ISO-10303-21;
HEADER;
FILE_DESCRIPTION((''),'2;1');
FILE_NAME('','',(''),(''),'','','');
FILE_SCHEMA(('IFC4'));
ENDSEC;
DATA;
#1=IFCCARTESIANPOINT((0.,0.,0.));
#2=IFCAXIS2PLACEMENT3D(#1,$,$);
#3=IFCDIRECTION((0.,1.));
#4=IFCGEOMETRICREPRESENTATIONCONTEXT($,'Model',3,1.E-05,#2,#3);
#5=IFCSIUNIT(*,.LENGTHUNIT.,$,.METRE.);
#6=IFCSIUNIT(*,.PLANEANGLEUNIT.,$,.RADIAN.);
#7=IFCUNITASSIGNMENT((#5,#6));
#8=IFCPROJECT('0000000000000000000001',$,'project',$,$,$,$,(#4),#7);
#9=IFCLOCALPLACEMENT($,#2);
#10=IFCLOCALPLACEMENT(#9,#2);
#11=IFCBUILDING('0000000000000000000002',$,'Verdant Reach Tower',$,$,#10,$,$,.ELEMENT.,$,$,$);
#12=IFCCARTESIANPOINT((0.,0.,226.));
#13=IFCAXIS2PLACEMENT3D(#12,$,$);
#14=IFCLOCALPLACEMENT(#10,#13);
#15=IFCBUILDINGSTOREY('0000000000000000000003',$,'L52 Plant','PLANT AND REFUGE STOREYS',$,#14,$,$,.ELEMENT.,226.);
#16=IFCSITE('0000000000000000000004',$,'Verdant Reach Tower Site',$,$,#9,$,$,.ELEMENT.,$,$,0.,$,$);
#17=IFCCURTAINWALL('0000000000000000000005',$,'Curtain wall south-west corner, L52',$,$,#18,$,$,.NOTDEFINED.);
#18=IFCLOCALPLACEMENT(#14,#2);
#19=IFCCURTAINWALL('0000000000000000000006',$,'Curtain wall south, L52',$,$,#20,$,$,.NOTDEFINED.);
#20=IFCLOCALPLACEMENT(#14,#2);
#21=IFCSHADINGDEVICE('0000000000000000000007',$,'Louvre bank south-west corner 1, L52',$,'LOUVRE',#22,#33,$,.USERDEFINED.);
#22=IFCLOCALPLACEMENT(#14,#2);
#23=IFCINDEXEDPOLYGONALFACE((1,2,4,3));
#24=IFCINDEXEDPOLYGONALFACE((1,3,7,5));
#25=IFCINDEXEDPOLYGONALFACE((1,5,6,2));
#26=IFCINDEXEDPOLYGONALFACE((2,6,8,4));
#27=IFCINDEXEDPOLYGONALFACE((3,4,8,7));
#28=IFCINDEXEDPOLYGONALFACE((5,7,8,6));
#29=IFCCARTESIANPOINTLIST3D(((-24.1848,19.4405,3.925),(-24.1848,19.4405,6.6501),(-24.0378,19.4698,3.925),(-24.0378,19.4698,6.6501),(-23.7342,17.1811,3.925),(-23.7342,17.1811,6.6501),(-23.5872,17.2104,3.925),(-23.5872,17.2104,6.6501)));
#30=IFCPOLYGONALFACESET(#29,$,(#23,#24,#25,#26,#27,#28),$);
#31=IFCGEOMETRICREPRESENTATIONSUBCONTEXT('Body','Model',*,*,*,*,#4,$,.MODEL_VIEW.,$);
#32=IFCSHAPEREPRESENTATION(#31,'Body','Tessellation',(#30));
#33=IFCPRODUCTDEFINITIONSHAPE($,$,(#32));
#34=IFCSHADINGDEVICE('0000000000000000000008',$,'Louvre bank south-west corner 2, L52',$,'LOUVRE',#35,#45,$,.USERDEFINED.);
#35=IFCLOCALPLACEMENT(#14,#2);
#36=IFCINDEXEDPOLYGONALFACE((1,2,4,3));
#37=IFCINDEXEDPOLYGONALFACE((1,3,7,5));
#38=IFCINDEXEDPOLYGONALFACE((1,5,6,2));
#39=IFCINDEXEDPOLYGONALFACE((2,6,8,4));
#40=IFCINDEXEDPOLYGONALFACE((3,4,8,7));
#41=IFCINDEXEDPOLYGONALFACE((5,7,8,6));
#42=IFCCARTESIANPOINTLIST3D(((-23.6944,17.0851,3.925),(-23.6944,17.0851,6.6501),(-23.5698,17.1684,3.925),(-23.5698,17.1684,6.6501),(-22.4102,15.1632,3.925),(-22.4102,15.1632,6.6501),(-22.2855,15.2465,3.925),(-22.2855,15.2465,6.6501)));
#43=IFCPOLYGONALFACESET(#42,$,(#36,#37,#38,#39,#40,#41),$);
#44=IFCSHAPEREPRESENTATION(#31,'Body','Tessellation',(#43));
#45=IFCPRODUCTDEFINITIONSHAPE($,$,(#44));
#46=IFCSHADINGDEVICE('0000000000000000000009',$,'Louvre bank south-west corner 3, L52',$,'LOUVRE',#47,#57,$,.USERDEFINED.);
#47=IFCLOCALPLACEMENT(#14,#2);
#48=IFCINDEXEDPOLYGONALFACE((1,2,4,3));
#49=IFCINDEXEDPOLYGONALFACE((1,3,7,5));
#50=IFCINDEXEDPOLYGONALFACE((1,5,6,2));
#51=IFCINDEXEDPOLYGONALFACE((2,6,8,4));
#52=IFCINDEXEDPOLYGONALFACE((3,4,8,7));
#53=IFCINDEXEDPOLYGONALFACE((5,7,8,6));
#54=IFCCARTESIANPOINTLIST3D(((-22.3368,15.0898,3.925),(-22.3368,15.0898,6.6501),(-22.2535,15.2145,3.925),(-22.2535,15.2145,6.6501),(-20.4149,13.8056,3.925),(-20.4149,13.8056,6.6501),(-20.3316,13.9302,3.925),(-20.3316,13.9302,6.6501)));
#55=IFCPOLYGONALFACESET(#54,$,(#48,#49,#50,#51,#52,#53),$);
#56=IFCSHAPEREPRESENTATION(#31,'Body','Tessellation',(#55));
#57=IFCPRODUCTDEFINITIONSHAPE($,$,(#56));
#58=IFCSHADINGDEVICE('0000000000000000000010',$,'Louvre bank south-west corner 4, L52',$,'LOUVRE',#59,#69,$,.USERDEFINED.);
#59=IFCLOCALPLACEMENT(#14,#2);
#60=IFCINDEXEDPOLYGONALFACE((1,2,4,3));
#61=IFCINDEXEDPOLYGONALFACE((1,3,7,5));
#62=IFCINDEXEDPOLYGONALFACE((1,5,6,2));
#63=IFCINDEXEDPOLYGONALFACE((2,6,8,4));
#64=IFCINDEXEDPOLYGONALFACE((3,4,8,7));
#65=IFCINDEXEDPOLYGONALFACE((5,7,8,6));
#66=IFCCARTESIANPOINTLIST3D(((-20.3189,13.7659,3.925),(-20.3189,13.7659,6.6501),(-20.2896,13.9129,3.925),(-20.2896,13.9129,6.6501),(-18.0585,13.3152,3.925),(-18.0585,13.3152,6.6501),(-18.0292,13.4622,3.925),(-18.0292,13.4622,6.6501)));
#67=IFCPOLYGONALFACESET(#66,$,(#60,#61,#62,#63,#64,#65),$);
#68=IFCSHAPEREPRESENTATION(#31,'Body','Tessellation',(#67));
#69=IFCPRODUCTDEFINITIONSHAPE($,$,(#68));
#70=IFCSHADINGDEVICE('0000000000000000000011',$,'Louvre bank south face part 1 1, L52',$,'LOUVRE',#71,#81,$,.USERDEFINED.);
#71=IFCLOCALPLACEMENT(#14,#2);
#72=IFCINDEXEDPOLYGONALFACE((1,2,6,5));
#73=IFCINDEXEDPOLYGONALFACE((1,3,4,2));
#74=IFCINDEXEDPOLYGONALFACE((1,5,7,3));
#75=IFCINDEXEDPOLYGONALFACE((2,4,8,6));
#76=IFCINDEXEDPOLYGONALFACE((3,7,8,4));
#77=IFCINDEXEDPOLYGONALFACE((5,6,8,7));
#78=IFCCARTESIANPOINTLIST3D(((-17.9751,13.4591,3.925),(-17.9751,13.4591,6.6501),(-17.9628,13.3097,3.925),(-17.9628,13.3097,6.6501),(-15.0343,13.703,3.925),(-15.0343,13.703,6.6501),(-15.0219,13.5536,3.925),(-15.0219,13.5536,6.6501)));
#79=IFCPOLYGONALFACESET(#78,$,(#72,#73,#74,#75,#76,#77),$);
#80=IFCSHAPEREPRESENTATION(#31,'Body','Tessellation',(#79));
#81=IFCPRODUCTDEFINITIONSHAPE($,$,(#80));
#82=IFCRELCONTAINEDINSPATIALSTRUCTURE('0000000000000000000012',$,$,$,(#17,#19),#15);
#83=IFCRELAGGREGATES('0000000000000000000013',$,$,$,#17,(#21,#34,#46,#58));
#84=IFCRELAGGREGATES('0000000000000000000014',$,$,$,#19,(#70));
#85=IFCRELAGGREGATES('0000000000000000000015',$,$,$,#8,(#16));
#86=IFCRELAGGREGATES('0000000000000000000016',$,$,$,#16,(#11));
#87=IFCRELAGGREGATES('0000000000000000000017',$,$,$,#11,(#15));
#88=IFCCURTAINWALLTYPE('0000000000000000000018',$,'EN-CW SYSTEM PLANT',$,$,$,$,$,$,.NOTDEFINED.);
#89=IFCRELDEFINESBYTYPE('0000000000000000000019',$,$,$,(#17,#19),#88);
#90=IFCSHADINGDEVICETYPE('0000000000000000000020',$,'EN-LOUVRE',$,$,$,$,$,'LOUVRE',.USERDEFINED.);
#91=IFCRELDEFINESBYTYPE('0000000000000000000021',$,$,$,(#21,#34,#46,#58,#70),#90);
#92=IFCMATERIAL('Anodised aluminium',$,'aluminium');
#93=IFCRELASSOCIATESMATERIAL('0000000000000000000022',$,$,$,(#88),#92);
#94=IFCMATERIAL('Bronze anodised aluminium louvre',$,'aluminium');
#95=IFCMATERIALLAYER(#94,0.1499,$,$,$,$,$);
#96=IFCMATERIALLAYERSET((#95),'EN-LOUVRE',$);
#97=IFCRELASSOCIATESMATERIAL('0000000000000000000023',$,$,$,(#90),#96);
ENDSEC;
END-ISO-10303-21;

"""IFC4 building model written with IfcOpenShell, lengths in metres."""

from ifc_helpers import new_model, si_unit, direction, frame, origin, origin_2d, place, context, subcontext, project, spatial, rectangle, extrude, material, layer, layer_set, type_object, element, aggregate, save


model = new_model("IFC4")

# Units and contexts
model_context = context("Model", 3, precision=1e-05, world=origin(), true_north=direction((0.0, 1.0)))
body_context = subcontext(model_context, "Body", "Model", "MODEL_VIEW")
ifc_project = project(units=[si_unit("LENGTHUNIT", "METRE"), si_unit("PLANEANGLEUNIT", "RADIAN")], contexts=[model_context])

# Site, building, storey
site_placement = place(None, origin())
site = spatial("IfcSite", under=ifc_project, at=site_placement, Name="Verdant Reach Tower Site", CompositionType="ELEMENT", RefElevation=0.0)
building_placement = place(site_placement, origin())
building = spatial("IfcBuilding", under=site, at=building_placement, Name="Verdant Reach Tower", CompositionType="ELEMENT")
storey_placement = place(building_placement, frame((0.0, 0.0, 226.0)))
storey = spatial("IfcBuildingStorey", under=building, at=storey_placement, Name="L52 Plant", Description="PLANT AND REFUGE STOREYS", CompositionType="ELEMENT", Elevation=226.0)

# Curtain walls
ifc_material_1 = material(Name="Anodised aluminium", Category="aluminium")
curtain_wall_type = type_object("IfcCurtainWallType", Name="EN-CW SYSTEM PLANT", PredefinedType="NOTDEFINED", material=ifc_material_1)
curtain_wall_1_placement = place(storey_placement, origin())
curtain_wall_1 = element("IfcCurtainWall", 1, at=curtain_wall_1_placement, inside=storey, type_object=curtain_wall_type, Name="Curtain wall south-west corner, L52", PredefinedType="NOTDEFINED")
curtain_wall_2_placement = place(storey_placement, origin())
curtain_wall_2 = element("IfcCurtainWall", 2, at=curtain_wall_2_placement, inside=storey, type_object=curtain_wall_type, Name="Curtain wall south, L52", PredefinedType="NOTDEFINED")

# Shading devices
ifc_material_2 = material(Name="Bronze anodised aluminium louvre", Category="aluminium")
ifc_layer_1 = layer(ifc_material_2, 0.1499)
ifc_layer_set_1 = layer_set([ifc_layer_1], Name="EN-LOUVRE")
shading_device_type = type_object("IfcShadingDeviceType", Name="EN-LOUVRE", ElementType="LOUVRE", PredefinedType="USERDEFINED", material=ifc_layer_set_1)
shading_device_1_placement = place(storey_placement, frame((-23.886, 18.3254, 3.925), z_axis=(0.0, 0.0, 1.0), x_axis=(0.195593, -0.980685, 0.0)))
shading_device_1 = element("IfcShadingDevice", 3, at=shading_device_1_placement, type_object=shading_device_type, Name="Louvre bank south-west corner 1, L52", ObjectType="LOUVRE", PredefinedType="USERDEFINED", context=body_context, shape_type="SweptSolid", body=[
    extrude(rectangle(XDim=2.304, YDim=0.1499, at=origin_2d()), origin(), (0.0, 0.0, 1.0), 2.7251),
])
shading_device_2_placement = place(storey_placement, frame((-22.99, 16.1658, 3.925), z_axis=(0.0, 0.0, 1.0), x_axis=(0.555596, -0.831452, 0.0)))
shading_device_2 = element("IfcShadingDevice", 4, at=shading_device_2_placement, type_object=shading_device_type, Name="Louvre bank south-west corner 2, L52", ObjectType="LOUVRE", PredefinedType="USERDEFINED", context=body_context, shape_type="SweptSolid", body=[
    extrude(rectangle(XDim=2.3115, YDim=0.1499, at=origin_2d()), origin(), (0.0, 0.0, 1.0), 2.7251),
])
shading_device_3_placement = place(storey_placement, frame((-21.3342, 14.51, 3.925), z_axis=(0.0, 0.0, 1.0), x_axis=(0.831452, -0.555596, 0.0)))
shading_device_3 = element("IfcShadingDevice", 5, at=shading_device_3_placement, type_object=shading_device_type, Name="Louvre bank south-west corner 3, L52", ObjectType="LOUVRE", PredefinedType="USERDEFINED", context=body_context, shape_type="SweptSolid", body=[
    extrude(rectangle(XDim=2.3115, YDim=0.1499, at=origin_2d()), origin(), (0.0, 0.0, 1.0), 2.7251),
])
shading_device_4_placement = place(storey_placement, frame((-19.1741, 13.614, 3.925), z_axis=(0.0, 0.0, 1.0), x_axis=(0.980695, -0.195545, 0.0)))
shading_device_4 = element("IfcShadingDevice", 6, at=shading_device_4_placement, type_object=shading_device_type, Name="Louvre bank south-west corner 4, L52", ObjectType="LOUVRE", PredefinedType="USERDEFINED", context=body_context, shape_type="SweptSolid", body=[
    extrude(rectangle(XDim=2.3049, YDim=0.1499, at=origin_2d()), origin(), (0.0, 0.0, 1.0), 2.7251),
])
aggregate(curtain_wall_1, [shading_device_1, shading_device_2, shading_device_3, shading_device_4])
shading_device_5_placement = place(storey_placement, frame((-16.4985, 13.5063, 3.925), z_axis=(0.0, 0.0, 1.0), x_axis=(0.996578, 0.082664, 0.0)))
shading_device_5 = element("IfcShadingDevice", 7, at=shading_device_5_placement, type_object=shading_device_type, Name="Louvre bank south face part 1 1, L52", ObjectType="LOUVRE", PredefinedType="USERDEFINED", context=body_context, shape_type="SweptSolid", body=[
    extrude(rectangle(XDim=2.9509, YDim=0.1499, at=origin_2d()), origin(), (0.0, 0.0, 1.0), 2.7251),
])
aggregate(curtain_wall_2, [shading_device_5])

save(model, "model.ifc")
